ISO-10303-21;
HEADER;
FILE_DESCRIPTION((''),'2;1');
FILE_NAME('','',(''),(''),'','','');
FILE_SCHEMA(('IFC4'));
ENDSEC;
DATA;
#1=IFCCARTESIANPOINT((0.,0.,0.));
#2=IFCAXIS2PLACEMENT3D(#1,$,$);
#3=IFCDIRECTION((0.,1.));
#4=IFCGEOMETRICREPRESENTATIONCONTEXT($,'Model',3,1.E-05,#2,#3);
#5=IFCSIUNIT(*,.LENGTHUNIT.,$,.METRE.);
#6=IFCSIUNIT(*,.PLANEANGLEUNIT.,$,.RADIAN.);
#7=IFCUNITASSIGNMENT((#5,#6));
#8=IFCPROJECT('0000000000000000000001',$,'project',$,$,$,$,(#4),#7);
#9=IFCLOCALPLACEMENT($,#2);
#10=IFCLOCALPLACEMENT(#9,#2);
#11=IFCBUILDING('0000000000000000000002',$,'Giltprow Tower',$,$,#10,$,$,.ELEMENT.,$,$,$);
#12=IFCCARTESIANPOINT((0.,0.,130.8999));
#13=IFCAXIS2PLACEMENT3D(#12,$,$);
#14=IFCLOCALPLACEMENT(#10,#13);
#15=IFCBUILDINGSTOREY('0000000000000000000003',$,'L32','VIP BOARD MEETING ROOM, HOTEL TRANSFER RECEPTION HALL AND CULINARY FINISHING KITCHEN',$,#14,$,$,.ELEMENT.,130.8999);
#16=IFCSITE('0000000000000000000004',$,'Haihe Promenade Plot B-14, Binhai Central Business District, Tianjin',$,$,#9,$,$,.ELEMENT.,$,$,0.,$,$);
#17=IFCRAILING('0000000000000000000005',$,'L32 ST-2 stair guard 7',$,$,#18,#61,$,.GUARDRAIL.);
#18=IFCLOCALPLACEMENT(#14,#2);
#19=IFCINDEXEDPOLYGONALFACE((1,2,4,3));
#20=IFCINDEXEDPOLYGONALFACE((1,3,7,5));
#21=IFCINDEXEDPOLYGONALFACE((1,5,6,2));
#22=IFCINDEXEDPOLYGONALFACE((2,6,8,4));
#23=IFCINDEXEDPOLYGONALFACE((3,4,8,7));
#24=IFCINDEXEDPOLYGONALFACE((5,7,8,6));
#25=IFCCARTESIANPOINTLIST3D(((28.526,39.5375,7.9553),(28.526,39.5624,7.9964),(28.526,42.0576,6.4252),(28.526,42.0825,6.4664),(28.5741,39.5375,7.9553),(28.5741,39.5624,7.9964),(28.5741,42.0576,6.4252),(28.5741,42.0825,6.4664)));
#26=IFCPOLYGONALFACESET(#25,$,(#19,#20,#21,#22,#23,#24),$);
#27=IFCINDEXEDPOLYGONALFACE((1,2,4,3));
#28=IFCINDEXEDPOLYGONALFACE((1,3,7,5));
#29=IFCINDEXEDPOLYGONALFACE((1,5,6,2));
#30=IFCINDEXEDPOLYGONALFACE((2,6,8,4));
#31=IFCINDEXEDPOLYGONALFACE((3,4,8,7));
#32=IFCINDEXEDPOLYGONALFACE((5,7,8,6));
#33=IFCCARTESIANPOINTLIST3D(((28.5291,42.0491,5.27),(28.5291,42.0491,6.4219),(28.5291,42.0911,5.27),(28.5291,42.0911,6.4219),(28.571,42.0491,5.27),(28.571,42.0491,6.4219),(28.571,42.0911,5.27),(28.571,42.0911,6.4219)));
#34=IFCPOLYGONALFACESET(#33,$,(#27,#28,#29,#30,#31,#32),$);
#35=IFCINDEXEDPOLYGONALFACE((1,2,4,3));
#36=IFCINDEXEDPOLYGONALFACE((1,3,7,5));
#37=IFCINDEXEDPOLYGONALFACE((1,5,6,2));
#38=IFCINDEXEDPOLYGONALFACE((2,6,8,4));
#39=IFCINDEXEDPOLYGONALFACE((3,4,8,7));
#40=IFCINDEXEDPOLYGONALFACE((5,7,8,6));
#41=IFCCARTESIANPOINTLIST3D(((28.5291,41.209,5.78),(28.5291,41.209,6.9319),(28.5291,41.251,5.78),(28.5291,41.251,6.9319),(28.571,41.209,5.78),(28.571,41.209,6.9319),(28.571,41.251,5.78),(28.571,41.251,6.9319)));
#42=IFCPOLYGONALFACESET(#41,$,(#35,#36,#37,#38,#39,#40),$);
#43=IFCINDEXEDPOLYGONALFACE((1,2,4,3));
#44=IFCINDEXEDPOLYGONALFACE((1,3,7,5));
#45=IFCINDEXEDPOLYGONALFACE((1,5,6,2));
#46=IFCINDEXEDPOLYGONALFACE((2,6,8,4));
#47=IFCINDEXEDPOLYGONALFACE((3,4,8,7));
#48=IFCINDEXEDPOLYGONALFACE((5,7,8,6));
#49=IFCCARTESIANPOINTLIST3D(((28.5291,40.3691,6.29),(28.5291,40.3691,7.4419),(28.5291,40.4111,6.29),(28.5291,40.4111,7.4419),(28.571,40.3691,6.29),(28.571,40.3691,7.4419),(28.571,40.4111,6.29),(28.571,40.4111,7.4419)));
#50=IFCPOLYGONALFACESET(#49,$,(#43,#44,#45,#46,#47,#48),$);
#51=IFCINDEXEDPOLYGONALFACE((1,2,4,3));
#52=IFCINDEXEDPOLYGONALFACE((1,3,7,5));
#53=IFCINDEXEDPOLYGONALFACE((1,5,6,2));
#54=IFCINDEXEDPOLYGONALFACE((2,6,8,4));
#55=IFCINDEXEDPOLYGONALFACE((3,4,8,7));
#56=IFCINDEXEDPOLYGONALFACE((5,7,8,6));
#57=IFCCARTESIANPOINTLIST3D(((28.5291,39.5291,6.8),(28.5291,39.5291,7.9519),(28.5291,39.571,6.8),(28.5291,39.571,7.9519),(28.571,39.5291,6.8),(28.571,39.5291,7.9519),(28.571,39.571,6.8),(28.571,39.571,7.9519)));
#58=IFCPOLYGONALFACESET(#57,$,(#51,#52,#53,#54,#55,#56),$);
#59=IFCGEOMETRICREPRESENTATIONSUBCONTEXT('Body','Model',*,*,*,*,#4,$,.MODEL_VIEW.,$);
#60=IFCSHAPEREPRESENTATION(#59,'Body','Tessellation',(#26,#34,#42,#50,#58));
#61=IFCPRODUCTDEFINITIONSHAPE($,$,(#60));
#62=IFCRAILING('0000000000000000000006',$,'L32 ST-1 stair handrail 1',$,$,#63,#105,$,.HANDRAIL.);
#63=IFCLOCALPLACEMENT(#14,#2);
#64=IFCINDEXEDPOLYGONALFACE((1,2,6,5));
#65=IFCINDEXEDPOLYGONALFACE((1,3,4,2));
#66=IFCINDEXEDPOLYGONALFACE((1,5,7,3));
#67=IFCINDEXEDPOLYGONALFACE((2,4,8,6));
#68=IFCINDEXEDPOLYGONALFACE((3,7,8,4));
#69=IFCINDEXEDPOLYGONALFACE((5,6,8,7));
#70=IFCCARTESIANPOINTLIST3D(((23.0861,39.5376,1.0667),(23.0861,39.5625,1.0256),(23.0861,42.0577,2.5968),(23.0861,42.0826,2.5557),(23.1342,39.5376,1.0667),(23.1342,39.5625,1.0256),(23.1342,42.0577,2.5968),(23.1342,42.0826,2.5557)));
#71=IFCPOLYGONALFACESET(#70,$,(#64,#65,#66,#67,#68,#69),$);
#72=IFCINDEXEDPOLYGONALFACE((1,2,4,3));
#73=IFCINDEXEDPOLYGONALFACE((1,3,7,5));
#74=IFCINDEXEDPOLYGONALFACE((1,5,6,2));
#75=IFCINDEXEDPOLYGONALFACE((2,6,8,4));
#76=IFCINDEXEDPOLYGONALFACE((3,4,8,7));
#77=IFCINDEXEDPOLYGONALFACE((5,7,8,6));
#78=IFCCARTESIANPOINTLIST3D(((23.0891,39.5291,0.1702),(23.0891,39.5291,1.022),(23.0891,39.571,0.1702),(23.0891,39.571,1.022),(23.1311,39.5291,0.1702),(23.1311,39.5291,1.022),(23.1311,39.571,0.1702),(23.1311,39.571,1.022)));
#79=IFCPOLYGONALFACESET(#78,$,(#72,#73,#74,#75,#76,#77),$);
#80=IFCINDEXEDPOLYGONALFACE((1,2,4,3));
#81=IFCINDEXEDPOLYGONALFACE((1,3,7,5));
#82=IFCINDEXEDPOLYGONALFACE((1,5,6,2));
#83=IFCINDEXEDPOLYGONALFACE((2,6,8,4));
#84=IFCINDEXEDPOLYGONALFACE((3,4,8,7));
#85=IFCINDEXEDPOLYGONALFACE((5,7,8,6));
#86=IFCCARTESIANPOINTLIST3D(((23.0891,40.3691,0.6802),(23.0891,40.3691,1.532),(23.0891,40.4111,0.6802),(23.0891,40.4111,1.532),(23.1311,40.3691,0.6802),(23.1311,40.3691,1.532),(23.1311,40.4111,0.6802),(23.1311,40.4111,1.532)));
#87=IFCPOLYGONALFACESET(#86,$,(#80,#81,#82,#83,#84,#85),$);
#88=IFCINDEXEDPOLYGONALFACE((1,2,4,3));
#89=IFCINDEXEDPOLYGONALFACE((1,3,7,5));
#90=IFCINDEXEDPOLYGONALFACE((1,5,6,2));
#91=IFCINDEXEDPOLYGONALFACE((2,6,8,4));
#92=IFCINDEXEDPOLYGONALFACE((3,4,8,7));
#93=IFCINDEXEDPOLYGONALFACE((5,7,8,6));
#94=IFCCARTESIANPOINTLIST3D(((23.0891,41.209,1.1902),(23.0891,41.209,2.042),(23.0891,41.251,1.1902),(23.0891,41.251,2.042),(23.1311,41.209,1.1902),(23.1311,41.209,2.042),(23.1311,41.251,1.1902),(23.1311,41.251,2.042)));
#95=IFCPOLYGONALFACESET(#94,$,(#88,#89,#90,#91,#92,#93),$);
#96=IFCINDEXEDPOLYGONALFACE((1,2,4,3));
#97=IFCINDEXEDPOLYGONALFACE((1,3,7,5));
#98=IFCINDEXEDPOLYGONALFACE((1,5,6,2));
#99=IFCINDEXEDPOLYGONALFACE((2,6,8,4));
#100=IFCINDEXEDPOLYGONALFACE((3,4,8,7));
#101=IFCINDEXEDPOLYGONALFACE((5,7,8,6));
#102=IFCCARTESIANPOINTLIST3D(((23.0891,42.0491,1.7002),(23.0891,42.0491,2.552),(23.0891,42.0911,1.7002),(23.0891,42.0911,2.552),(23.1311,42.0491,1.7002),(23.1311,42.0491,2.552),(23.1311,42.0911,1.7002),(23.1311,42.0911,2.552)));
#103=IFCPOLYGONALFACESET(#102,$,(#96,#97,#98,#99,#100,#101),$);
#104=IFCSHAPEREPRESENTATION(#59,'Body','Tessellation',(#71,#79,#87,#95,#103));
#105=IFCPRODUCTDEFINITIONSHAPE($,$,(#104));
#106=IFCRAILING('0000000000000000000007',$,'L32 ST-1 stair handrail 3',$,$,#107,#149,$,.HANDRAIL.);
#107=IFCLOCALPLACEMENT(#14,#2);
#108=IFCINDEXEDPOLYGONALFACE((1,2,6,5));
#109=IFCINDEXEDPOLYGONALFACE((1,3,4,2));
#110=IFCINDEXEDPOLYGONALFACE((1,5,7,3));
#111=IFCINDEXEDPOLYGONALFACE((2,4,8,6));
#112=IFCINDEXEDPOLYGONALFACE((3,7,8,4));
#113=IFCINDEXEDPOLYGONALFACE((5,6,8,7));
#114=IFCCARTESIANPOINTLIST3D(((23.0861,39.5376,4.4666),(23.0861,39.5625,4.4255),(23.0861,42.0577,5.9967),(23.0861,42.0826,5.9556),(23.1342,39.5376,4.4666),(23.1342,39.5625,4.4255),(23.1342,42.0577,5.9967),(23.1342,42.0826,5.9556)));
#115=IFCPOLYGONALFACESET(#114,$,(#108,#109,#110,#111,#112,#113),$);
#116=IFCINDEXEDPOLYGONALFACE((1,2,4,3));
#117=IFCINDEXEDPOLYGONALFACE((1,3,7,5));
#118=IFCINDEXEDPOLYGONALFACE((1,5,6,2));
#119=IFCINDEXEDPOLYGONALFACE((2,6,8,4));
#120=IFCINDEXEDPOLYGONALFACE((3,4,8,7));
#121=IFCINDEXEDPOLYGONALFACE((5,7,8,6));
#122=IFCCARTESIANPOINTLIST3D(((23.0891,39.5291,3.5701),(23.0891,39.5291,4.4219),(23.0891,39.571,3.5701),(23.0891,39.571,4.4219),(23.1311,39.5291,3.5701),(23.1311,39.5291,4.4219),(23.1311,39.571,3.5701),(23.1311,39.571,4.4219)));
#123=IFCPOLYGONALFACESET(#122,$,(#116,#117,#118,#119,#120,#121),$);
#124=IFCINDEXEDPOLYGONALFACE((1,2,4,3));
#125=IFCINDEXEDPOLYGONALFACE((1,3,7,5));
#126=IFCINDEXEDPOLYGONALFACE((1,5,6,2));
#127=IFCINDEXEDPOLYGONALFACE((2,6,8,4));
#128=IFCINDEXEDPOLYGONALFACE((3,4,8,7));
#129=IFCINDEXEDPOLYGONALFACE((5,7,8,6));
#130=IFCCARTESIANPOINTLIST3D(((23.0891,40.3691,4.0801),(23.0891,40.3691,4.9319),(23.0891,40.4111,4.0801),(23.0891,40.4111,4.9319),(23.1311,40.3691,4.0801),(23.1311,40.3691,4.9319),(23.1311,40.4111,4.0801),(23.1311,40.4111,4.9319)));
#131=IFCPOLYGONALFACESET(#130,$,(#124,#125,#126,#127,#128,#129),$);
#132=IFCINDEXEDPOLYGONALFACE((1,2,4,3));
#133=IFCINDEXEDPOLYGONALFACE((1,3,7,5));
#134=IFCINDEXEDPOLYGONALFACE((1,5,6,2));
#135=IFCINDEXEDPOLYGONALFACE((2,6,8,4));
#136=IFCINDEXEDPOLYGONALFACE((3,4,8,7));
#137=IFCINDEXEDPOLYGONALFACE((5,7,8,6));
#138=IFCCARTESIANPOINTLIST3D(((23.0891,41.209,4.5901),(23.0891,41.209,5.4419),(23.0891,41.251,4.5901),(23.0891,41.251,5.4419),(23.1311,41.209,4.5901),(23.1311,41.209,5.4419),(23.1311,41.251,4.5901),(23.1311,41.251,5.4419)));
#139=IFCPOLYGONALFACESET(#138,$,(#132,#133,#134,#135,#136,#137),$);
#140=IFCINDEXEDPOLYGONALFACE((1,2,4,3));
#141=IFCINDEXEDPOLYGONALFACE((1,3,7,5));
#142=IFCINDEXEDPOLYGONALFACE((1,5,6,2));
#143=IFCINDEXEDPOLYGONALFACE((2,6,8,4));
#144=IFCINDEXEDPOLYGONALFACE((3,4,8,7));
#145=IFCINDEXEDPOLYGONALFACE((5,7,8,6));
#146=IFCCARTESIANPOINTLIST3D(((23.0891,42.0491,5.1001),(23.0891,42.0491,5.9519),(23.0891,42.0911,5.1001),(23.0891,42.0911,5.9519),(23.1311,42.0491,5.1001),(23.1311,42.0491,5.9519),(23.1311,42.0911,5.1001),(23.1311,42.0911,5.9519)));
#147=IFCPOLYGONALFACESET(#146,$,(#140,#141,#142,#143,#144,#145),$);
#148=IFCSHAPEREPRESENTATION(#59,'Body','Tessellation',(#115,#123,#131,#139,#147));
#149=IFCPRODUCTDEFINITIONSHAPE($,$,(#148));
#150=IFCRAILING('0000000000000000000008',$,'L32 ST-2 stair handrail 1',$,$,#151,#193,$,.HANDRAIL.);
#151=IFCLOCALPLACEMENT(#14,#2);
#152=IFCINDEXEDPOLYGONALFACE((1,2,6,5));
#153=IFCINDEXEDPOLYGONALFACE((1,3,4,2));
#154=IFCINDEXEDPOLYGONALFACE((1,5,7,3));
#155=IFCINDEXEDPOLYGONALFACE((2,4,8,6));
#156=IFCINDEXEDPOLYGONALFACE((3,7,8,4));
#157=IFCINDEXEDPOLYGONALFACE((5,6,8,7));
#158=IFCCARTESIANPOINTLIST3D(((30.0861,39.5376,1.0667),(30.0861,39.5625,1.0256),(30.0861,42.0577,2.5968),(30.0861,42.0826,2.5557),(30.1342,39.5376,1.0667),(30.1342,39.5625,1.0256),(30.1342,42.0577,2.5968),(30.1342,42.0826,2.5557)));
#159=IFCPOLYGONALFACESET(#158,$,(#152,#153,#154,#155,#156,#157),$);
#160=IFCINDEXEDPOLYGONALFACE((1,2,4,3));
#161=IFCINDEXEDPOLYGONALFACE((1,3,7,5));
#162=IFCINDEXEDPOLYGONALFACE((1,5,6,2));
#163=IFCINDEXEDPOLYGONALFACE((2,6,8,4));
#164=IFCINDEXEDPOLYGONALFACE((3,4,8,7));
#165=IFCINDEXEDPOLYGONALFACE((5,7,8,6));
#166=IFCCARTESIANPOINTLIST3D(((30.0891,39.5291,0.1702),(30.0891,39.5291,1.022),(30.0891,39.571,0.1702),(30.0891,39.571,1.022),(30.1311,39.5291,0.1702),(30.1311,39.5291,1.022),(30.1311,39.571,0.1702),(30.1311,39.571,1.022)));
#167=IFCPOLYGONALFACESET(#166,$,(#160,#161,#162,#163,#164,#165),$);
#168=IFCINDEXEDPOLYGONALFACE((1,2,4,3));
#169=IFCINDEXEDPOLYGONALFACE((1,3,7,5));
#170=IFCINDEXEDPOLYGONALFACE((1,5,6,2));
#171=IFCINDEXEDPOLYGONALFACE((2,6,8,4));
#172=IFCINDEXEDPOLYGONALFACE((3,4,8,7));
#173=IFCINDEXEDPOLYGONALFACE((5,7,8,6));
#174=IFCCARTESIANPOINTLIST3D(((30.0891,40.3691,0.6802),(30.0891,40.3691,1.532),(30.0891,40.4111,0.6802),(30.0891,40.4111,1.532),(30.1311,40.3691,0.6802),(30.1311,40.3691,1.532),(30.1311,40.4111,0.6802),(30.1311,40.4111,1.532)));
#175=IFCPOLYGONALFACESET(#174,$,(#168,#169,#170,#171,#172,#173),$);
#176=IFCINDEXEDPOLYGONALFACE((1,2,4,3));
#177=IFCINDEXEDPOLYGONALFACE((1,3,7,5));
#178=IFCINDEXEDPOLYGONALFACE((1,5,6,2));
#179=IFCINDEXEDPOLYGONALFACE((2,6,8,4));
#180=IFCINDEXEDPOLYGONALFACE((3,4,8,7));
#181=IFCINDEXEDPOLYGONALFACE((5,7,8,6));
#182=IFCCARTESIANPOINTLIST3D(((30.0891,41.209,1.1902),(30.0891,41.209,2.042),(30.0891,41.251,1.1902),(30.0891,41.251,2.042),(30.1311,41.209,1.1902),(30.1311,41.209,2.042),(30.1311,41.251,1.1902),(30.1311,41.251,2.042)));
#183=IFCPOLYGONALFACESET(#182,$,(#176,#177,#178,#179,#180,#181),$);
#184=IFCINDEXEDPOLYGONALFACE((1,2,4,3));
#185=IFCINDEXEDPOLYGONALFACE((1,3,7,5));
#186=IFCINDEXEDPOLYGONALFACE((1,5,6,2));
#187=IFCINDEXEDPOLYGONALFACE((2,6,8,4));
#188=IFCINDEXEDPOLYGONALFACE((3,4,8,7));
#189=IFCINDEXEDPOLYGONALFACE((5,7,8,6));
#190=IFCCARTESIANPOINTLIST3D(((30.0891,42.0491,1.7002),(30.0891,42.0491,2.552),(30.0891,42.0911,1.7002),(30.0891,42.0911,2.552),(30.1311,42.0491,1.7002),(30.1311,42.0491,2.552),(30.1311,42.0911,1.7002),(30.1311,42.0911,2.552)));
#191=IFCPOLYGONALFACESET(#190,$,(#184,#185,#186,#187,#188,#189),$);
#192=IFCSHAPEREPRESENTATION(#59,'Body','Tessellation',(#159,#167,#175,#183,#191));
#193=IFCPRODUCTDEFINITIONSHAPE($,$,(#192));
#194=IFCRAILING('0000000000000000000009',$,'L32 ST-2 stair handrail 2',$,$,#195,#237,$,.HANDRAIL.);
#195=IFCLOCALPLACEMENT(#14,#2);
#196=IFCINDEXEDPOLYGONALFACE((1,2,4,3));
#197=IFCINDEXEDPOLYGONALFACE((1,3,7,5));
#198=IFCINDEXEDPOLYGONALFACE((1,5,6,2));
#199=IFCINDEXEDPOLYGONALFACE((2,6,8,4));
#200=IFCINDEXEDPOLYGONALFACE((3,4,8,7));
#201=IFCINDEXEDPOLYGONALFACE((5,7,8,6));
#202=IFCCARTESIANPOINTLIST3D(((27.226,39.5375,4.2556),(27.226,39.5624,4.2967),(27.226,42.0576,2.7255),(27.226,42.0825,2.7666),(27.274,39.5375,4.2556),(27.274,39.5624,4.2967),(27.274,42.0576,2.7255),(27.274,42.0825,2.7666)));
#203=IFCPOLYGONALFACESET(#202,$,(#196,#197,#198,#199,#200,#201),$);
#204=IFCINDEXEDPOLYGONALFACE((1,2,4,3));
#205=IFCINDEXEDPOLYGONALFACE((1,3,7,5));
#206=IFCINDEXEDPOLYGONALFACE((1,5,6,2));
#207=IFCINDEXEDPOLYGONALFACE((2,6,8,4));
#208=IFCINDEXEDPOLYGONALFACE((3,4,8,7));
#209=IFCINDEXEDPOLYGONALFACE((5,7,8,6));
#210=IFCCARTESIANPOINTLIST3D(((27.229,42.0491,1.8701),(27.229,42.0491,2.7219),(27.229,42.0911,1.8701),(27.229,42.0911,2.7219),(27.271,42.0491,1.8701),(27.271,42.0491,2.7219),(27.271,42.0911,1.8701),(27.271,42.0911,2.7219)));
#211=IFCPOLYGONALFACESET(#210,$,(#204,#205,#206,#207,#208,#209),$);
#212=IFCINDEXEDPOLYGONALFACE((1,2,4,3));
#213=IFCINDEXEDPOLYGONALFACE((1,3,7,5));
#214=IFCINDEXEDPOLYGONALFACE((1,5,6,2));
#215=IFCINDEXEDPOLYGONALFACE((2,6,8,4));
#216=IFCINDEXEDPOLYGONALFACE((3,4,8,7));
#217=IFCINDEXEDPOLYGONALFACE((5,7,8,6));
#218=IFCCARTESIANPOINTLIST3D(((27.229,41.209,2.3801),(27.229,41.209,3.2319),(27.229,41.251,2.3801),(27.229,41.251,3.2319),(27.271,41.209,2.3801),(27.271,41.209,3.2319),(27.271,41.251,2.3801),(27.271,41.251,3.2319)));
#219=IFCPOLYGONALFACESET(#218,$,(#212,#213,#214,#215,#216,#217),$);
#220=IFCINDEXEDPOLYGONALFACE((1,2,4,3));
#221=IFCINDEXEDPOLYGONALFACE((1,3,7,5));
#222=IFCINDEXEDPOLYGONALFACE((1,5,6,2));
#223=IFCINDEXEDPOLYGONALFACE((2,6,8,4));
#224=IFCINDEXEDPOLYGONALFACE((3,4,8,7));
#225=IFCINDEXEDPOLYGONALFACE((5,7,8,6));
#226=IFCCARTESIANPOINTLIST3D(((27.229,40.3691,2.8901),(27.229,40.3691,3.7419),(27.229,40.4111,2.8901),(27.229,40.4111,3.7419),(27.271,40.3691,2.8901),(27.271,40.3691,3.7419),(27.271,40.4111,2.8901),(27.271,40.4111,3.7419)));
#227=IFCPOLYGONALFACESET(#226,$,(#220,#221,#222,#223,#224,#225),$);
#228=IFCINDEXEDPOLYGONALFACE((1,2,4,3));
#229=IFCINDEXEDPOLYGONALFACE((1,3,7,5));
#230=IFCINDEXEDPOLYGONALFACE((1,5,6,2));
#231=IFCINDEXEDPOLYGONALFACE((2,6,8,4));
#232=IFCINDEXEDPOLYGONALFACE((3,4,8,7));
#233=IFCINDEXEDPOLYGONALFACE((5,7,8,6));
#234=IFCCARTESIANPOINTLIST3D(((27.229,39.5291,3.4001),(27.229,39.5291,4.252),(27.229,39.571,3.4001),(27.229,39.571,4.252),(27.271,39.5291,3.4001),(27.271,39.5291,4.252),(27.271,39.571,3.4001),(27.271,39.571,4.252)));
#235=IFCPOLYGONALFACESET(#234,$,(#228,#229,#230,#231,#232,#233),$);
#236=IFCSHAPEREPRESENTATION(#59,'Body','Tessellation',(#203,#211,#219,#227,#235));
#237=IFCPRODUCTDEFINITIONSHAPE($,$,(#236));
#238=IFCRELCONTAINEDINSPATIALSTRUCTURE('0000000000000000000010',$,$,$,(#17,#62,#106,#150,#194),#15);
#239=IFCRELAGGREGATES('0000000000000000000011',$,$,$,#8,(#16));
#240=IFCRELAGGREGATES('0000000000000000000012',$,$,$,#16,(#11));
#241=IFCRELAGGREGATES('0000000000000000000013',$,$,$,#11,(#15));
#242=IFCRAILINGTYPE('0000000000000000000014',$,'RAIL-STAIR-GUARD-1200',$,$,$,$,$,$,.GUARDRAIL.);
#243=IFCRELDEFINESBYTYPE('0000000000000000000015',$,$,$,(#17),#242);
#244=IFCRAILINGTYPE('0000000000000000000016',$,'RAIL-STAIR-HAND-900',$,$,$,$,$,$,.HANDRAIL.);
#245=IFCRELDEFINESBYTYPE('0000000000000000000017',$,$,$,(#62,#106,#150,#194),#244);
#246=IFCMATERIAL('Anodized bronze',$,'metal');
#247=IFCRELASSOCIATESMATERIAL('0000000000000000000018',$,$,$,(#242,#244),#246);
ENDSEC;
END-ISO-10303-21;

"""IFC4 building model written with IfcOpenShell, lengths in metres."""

from ifc_helpers import new_model, si_unit, direction, frame, origin, origin_2d, place, context, subcontext, project, spatial, rectangle, extrude, material, type_object, element, save


model = new_model("IFC4")

# Units and contexts
model_context = context("Model", 3, precision=1e-05, world=origin(), true_north=direction((0.0, 1.0)))
body_context = subcontext(model_context, "Body", "Model", "MODEL_VIEW")
ifc_project = project(units=[si_unit("LENGTHUNIT", "METRE"), si_unit("PLANEANGLEUNIT", "RADIAN")], contexts=[model_context])

# Site, building, storey
site_placement = place(None, origin())
site = spatial("IfcSite", under=ifc_project, at=site_placement, Name="Haihe Promenade Plot B-14, Binhai Central Business District, Tianjin", CompositionType="ELEMENT", RefElevation=0.0)
building_placement = place(site_placement, origin())
building = spatial("IfcBuilding", under=site, at=building_placement, Name="Giltprow Tower", CompositionType="ELEMENT")
storey_placement = place(building_placement, frame((0.0, 0.0, 130.8999)))
storey = spatial("IfcBuildingStorey", under=building, at=storey_placement, Name="L32", Description="VIP BOARD MEETING ROOM, HOTEL TRANSFER RECEPTION HALL AND CULINARY FINISHING KITCHEN", CompositionType="ELEMENT", Elevation=130.8999)

# Railings
ifc_material_1 = material(Name="Anodized bronze", Category="metal")
railing_type_1 = type_object("IfcRailingType", Name="RAIL-STAIR-GUARD-1200", PredefinedType="GUARDRAIL", material=ifc_material_1)
railing_1_placement = place(storey_placement, frame((28.55, 42.0701, 5.27)))
element("IfcRailing", 1, at=railing_1_placement, inside=storey, type_object=railing_type_1, Name="L32 ST-2 stair guard 7", PredefinedType="GUARDRAIL", context=body_context, shape_type="SweptSolid", body=[
    extrude(rectangle(XDim=0.0481, YDim=0.0481, at=origin_2d()), frame((0.0, 0.0, 1.1758), z_axis=(0.0, -0.854785, 0.518982), x_axis=(1.0, 0.0, 0.0)), (0.0, 0.0, 1.0), 2.9482),
    extrude(rectangle(XDim=0.042, YDim=0.042, at=origin_2d()), origin(), (0.0, 0.0, 1.0), 1.1519),
    extrude(rectangle(XDim=0.042, YDim=0.042, at=origin_2d()), frame((0.0, -0.8401, 0.51)), (0.0, 0.0, 1.0), 1.1519),
    extrude(rectangle(XDim=0.042, YDim=0.042, at=origin_2d()), frame((0.0, -1.6799, 1.02)), (0.0, 0.0, 1.0), 1.1519),
    extrude(rectangle(XDim=0.042, YDim=0.042, at=origin_2d()), frame((0.0, -2.52, 1.53)), (0.0, 0.0, 1.0), 1.1519),
])
railing_type_2 = type_object("IfcRailingType", Name="RAIL-STAIR-HAND-900", PredefinedType="HANDRAIL", material=ifc_material_1)
for number, where, name in (
    (2, (23.1101, 39.55, 0.1702), "L32 ST-1 stair handrail 1"),
    (3, (23.1101, 39.55, 3.5701), "L32 ST-1 stair handrail 3"),
    (4, (30.1101, 39.55, 0.1702), "L32 ST-2 stair handrail 1"),
):
    element("IfcRailing", number, at=place(storey_placement, frame(where)), inside=storey, type_object=railing_type_2, Name=name, PredefinedType="HANDRAIL", context=body_context, shape_type="SweptSolid", body=[
        extrude(rectangle(XDim=0.0481, YDim=0.0481, at=origin_2d()), frame((0.0, 0.0, 0.876), z_axis=(0.0, 0.854785, 0.518982), x_axis=(-1.0, 0.0, 0.0)), (0.0, 0.0, 1.0), 2.9482),
        extrude(rectangle(XDim=0.042, YDim=0.042, at=origin_2d()), origin(), (0.0, 0.0, 1.0), 0.8518),
        extrude(rectangle(XDim=0.042, YDim=0.042, at=origin_2d()), frame((0.0, 0.8401, 0.51)), (0.0, 0.0, 1.0), 0.8518),
        extrude(rectangle(XDim=0.042, YDim=0.042, at=origin_2d()), frame((0.0, 1.6799, 1.02)), (0.0, 0.0, 1.0), 0.8518),
        extrude(rectangle(XDim=0.042, YDim=0.042, at=origin_2d()), frame((0.0, 2.52, 1.53)), (0.0, 0.0, 1.0), 0.8518),
    ])
railing_2_placement = place(storey_placement, frame((27.25, 42.0701, 1.8701)))
element("IfcRailing", 5, at=railing_2_placement, inside=storey, type_object=railing_type_2, Name="L32 ST-2 stair handrail 2", PredefinedType="HANDRAIL", context=body_context, shape_type="SweptSolid", body=[
    extrude(rectangle(XDim=0.0481, YDim=0.0481, at=origin_2d()), frame((0.0, 0.0, 0.876), z_axis=(0.0, -0.854785, 0.518982), x_axis=(1.0, 0.0, 0.0)), (0.0, 0.0, 1.0), 2.9482),
    extrude(rectangle(XDim=0.042, YDim=0.042, at=origin_2d()), origin(), (0.0, 0.0, 1.0), 0.8518),
    extrude(rectangle(XDim=0.042, YDim=0.042, at=origin_2d()), frame((0.0, -0.8401, 0.51)), (0.0, 0.0, 1.0), 0.8518),
    extrude(rectangle(XDim=0.042, YDim=0.042, at=origin_2d()), frame((0.0, -1.6799, 1.02)), (0.0, 0.0, 1.0), 0.8518),
    extrude(rectangle(XDim=0.042, YDim=0.042, at=origin_2d()), frame((0.0, -2.52, 1.53)), (0.0, 0.0, 1.0), 0.8518),
])

save(model, "model.ifc")
